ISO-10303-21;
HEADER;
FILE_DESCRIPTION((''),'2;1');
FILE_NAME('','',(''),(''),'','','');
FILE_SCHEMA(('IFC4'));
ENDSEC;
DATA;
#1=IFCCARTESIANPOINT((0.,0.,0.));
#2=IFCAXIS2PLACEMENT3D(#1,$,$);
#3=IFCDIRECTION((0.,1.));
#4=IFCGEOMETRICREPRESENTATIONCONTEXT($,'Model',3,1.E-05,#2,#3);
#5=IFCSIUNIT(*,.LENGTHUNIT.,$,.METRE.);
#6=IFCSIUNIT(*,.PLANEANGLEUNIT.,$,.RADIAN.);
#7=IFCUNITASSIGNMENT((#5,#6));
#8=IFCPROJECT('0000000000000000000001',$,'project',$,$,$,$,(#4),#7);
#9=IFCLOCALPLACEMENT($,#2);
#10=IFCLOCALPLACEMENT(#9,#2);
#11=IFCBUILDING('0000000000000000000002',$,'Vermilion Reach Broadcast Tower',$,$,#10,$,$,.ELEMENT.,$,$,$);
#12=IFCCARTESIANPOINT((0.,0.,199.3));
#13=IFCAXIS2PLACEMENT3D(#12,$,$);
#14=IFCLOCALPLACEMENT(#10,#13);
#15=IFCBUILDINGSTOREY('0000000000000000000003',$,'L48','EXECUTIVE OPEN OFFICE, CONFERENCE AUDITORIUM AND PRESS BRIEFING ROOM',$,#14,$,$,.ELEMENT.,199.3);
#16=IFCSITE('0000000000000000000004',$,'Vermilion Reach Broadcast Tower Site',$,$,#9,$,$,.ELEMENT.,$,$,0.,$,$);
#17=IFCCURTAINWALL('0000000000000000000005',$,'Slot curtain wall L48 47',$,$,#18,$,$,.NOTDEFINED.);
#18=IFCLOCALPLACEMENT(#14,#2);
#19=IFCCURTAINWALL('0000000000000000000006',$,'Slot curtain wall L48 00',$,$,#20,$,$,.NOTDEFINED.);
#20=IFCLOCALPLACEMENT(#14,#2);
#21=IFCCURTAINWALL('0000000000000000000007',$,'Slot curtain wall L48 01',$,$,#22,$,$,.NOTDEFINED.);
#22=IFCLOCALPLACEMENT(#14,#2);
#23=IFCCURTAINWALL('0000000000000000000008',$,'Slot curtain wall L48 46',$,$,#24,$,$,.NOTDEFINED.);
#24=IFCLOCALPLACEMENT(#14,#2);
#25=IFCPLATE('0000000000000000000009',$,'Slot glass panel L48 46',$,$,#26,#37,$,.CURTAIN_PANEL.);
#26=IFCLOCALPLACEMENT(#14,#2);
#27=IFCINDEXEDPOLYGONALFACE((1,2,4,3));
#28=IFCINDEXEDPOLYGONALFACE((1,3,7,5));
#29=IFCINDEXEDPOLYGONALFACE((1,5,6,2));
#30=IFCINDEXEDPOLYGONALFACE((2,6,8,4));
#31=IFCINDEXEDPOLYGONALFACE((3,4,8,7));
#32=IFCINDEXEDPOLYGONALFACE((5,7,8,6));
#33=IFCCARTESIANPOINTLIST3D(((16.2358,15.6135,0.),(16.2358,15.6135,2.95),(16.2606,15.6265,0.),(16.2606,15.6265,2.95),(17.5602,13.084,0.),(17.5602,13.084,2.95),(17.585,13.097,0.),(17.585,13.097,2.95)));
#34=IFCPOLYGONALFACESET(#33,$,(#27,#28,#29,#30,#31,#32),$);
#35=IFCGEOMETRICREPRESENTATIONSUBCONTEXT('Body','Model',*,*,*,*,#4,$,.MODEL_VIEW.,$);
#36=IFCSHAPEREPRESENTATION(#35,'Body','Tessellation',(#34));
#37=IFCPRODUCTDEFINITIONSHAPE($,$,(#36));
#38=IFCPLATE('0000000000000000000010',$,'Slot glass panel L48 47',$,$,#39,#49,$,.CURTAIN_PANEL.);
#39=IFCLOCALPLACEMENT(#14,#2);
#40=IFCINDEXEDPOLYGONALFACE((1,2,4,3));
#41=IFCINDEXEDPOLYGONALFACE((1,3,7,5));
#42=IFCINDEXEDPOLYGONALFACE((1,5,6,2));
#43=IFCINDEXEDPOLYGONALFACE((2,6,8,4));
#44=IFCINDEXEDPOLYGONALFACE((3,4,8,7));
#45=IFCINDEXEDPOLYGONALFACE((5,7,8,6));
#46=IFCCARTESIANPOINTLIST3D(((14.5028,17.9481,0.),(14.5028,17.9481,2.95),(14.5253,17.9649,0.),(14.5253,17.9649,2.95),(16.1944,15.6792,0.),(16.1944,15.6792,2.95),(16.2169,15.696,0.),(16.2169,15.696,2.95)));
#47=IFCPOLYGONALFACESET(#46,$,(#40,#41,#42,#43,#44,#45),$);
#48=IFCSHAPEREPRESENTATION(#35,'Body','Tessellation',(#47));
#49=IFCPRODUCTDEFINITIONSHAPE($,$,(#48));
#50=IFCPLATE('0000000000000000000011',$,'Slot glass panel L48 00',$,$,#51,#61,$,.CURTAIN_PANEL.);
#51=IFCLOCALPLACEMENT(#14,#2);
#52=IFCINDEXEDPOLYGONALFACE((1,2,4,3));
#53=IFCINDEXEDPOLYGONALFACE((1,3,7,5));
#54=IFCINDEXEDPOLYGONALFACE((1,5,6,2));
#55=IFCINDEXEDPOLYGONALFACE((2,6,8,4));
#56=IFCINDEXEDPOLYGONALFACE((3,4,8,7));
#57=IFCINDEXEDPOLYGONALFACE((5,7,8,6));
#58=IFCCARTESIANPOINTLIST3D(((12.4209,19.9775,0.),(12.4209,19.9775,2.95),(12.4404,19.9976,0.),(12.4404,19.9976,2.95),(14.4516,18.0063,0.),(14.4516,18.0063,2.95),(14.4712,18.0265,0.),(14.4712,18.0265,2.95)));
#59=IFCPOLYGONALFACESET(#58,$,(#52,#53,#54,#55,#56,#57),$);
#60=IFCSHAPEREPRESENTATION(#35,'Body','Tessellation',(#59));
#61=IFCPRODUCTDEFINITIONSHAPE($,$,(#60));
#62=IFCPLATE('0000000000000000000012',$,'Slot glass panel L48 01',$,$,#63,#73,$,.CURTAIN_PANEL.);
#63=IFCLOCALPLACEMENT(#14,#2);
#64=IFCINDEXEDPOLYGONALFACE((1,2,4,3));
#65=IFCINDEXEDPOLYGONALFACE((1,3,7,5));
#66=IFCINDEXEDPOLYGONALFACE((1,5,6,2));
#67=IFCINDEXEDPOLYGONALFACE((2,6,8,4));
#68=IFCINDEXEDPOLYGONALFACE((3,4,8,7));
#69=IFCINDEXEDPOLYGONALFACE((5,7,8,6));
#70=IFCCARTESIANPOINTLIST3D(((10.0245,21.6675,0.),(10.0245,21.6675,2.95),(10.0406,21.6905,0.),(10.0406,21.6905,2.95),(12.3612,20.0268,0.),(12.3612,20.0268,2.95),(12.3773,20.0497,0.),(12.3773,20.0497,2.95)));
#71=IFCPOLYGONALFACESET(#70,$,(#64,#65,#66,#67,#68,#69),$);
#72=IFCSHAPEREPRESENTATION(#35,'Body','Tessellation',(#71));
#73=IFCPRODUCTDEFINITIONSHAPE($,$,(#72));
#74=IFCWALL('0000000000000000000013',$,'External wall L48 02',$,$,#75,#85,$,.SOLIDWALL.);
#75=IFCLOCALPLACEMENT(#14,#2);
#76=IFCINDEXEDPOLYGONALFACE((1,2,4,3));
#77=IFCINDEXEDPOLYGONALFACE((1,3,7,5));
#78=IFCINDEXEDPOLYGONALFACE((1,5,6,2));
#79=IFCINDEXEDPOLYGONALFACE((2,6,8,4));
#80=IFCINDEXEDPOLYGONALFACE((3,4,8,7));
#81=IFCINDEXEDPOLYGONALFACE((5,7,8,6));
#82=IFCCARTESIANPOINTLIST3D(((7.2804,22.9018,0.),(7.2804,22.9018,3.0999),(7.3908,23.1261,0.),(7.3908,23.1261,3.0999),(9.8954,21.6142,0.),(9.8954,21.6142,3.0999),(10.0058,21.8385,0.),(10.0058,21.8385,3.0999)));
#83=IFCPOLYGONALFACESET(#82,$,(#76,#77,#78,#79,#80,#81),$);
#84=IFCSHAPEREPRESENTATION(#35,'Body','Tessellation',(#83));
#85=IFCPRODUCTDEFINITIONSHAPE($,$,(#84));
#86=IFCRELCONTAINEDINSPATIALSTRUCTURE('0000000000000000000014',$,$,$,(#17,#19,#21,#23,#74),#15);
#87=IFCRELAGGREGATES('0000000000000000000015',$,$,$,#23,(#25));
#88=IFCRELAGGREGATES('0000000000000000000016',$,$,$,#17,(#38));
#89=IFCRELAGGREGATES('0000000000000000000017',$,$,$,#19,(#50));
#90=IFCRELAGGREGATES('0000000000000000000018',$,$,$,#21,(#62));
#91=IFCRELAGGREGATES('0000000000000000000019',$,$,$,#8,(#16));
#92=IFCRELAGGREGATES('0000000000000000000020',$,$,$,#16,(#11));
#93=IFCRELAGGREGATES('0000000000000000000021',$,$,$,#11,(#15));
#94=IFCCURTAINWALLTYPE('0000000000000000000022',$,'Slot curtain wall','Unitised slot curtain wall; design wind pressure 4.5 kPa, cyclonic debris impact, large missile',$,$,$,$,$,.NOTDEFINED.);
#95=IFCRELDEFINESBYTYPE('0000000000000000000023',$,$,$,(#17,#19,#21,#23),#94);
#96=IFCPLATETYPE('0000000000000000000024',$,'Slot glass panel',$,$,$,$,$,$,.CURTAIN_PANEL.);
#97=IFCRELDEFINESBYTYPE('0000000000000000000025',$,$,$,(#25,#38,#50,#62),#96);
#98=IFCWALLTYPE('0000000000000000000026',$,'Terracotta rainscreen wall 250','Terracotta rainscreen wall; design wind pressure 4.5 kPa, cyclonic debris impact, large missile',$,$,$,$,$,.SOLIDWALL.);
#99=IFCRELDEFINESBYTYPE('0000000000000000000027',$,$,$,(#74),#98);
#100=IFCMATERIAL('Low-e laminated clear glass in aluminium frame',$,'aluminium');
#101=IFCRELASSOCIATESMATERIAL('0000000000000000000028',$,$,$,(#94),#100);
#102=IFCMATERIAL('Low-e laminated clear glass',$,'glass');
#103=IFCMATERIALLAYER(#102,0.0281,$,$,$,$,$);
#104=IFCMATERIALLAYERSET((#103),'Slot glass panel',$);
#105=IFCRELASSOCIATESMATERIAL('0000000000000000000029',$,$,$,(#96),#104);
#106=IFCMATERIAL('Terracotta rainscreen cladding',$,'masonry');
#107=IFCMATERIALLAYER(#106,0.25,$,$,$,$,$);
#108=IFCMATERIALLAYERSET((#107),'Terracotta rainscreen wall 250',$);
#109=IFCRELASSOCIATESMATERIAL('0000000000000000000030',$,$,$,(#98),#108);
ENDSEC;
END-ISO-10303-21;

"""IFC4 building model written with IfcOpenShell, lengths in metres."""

from ifc_helpers import new_model, si_unit, direction, frame, frame_2d, origin, origin_2d, place, context, subcontext, project, spatial, rectangle, extrude, material, layer, layer_set, type_object, element, aggregate, save


model = new_model("IFC4")

# Units and contexts
model_context = context("Model", 3, precision=1e-05, world=origin(), true_north=direction((0.0, 1.0)))
body_context = subcontext(model_context, "Body", "Model", "MODEL_VIEW")
ifc_project = project(units=[si_unit("LENGTHUNIT", "METRE"), si_unit("PLANEANGLEUNIT", "RADIAN")], contexts=[model_context])

# Site, building, storey
site_placement = place(None, origin())
site = spatial("IfcSite", under=ifc_project, at=site_placement, Name="Vermilion Reach Broadcast Tower Site", CompositionType="ELEMENT", RefElevation=0.0)
building_placement = place(site_placement, origin())
building = spatial("IfcBuilding", under=site, at=building_placement, Name="Vermilion Reach Broadcast Tower", CompositionType="ELEMENT")
storey_placement = place(building_placement, frame((0.0, 0.0, 199.3)))
storey = spatial("IfcBuildingStorey", under=building, at=storey_placement, Name="L48", Description="EXECUTIVE OPEN OFFICE, CONFERENCE AUDITORIUM AND PRESS BRIEFING ROOM", CompositionType="ELEMENT", Elevation=199.3)

# Curtain walls
ifc_material_1 = material(Name="Low-e laminated clear glass in aluminium frame", Category="aluminium")
curtain_wall_type = type_object("IfcCurtainWallType", Name="Slot curtain wall", Description="Unitised slot curtain wall; design wind pressure 4.5 kPa, cyclonic debris impact, large missile", PredefinedType="NOTDEFINED", material=ifc_material_1)
placement = place(storey_placement, origin())
curtain_wall_1 = element("IfcCurtainWall", 1, at=placement, inside=storey, type_object=curtain_wall_type, Name="Slot curtain wall L48 47", PredefinedType="NOTDEFINED")
curtain_wall_2 = element("IfcCurtainWall", 2, at=placement, inside=storey, type_object=curtain_wall_type, Name="Slot curtain wall L48 00", PredefinedType="NOTDEFINED")

# Curtain wall
curtain_wall_3 = element("IfcCurtainWall", 3, at=placement, inside=storey, type_object=curtain_wall_type, Name="Slot curtain wall L48 01", PredefinedType="NOTDEFINED")

# Curtain wall, plate
curtain_wall_4 = element("IfcCurtainWall", 4, at=placement, inside=storey, type_object=curtain_wall_type, Name="Slot curtain wall L48 46", PredefinedType="NOTDEFINED")
ifc_material_2 = material(Name="Low-e laminated clear glass", Category="glass")
ifc_layer_1 = layer(ifc_material_2, 0.0281)
ifc_layer_set_1 = layer_set([ifc_layer_1], Name="Slot glass panel")
plate_type = type_object("IfcPlateType", Name="Slot glass panel", PredefinedType="CURTAIN_PANEL", material=ifc_layer_set_1)
plate_1_placement = place(storey_placement, frame((16.9104, 14.3552, 0.0), z_axis=(0.0, 0.0, 1.0), x_axis=(-0.463844, 0.885917, 0.0)))
plate_1 = element("IfcPlate", 5, at=plate_1_placement, type_object=plate_type, Name="Slot glass panel L48 46", PredefinedType="CURTAIN_PANEL", context=body_context, shape_type="SweptSolid", body=[
    extrude(rectangle(XDim=2.8552, YDim=0.0281, at=origin_2d()), origin(), (0.0, 0.0, 1.0), 2.95),
])
aggregate(curtain_wall_4, [plate_1])

# Plates
plate_2_placement = place(storey_placement, frame((15.3599, 16.822, 0.0), z_axis=(0.0, 0.0, 1.0), x_axis=(-0.59772, 0.801705, 0.0)))
plate_2 = element("IfcPlate", 6, at=plate_2_placement, type_object=plate_type, Name="Slot glass panel L48 47", PredefinedType="CURTAIN_PANEL", context=body_context, shape_type="SweptSolid", body=[
    extrude(rectangle(XDim=2.8301, YDim=0.0281, at=origin_2d()), origin(), (0.0, 0.0, 1.0), 2.95),
])
aggregate(curtain_wall_1, [plate_2])
plate_3_placement = place(storey_placement, frame((13.446, 19.002, 0.0), z_axis=(0.0, 0.0, 1.0), x_axis=(-0.717558, 0.696499, 0.0)))
plate_3 = element("IfcPlate", 7, at=plate_3_placement, type_object=plate_type, Name="Slot glass panel L48 00", PredefinedType="CURTAIN_PANEL", context=body_context, shape_type="SweptSolid", body=[
    extrude(rectangle(XDim=2.8301, YDim=0.0281, at=origin_2d()), origin(), (0.0, 0.0, 1.0), 2.95),
])
aggregate(curtain_wall_2, [plate_3])
plate_4_placement = place(storey_placement, frame((11.2009, 20.8586, 0.0), z_axis=(0.0, 0.0, 1.0), x_axis=(-0.818396, 0.574655, 0.0)))
plate_4 = element("IfcPlate", 8, at=plate_4_placement, type_object=plate_type, Name="Slot glass panel L48 01", PredefinedType="CURTAIN_PANEL", context=body_context, shape_type="SweptSolid", body=[
    extrude(rectangle(XDim=2.8552, YDim=0.0281, at=origin_2d()), origin(), (0.0, 0.0, 1.0), 2.95),
])
aggregate(curtain_wall_3, [plate_4])

# Wall
ifc_material_3 = material(Name="Terracotta rainscreen cladding", Category="masonry")
ifc_layer_2 = layer(ifc_material_3, 0.25)
ifc_layer_set_2 = layer_set([ifc_layer_2], Name="Terracotta rainscreen wall 250")
wall_type = type_object("IfcWallType", Name="Terracotta rainscreen wall 250", Description="Terracotta rainscreen wall; design wind pressure 4.5 kPa, cyclonic debris impact, large missile", PredefinedType="SOLIDWALL", material=ifc_layer_set_2)
wall_placement = place(storey_placement, frame((9.9507, 21.7263, 0.0), z_axis=(0.0, 0.0, 1.0), x_axis=(-0.897141, 0.441744, 0.0)))
element("IfcWall", 9, at=wall_placement, inside=storey, type_object=wall_type, Name="External wall L48 02", PredefinedType="SOLIDWALL", context=body_context, shape_type="SweptSolid", body=[
    extrude(rectangle(XDim=2.9148, YDim=0.25, at=frame_2d((1.4575, 0.0))), origin(), (0.0, 0.0, 1.0), 3.0999),
])

save(model, "model.ifc")
